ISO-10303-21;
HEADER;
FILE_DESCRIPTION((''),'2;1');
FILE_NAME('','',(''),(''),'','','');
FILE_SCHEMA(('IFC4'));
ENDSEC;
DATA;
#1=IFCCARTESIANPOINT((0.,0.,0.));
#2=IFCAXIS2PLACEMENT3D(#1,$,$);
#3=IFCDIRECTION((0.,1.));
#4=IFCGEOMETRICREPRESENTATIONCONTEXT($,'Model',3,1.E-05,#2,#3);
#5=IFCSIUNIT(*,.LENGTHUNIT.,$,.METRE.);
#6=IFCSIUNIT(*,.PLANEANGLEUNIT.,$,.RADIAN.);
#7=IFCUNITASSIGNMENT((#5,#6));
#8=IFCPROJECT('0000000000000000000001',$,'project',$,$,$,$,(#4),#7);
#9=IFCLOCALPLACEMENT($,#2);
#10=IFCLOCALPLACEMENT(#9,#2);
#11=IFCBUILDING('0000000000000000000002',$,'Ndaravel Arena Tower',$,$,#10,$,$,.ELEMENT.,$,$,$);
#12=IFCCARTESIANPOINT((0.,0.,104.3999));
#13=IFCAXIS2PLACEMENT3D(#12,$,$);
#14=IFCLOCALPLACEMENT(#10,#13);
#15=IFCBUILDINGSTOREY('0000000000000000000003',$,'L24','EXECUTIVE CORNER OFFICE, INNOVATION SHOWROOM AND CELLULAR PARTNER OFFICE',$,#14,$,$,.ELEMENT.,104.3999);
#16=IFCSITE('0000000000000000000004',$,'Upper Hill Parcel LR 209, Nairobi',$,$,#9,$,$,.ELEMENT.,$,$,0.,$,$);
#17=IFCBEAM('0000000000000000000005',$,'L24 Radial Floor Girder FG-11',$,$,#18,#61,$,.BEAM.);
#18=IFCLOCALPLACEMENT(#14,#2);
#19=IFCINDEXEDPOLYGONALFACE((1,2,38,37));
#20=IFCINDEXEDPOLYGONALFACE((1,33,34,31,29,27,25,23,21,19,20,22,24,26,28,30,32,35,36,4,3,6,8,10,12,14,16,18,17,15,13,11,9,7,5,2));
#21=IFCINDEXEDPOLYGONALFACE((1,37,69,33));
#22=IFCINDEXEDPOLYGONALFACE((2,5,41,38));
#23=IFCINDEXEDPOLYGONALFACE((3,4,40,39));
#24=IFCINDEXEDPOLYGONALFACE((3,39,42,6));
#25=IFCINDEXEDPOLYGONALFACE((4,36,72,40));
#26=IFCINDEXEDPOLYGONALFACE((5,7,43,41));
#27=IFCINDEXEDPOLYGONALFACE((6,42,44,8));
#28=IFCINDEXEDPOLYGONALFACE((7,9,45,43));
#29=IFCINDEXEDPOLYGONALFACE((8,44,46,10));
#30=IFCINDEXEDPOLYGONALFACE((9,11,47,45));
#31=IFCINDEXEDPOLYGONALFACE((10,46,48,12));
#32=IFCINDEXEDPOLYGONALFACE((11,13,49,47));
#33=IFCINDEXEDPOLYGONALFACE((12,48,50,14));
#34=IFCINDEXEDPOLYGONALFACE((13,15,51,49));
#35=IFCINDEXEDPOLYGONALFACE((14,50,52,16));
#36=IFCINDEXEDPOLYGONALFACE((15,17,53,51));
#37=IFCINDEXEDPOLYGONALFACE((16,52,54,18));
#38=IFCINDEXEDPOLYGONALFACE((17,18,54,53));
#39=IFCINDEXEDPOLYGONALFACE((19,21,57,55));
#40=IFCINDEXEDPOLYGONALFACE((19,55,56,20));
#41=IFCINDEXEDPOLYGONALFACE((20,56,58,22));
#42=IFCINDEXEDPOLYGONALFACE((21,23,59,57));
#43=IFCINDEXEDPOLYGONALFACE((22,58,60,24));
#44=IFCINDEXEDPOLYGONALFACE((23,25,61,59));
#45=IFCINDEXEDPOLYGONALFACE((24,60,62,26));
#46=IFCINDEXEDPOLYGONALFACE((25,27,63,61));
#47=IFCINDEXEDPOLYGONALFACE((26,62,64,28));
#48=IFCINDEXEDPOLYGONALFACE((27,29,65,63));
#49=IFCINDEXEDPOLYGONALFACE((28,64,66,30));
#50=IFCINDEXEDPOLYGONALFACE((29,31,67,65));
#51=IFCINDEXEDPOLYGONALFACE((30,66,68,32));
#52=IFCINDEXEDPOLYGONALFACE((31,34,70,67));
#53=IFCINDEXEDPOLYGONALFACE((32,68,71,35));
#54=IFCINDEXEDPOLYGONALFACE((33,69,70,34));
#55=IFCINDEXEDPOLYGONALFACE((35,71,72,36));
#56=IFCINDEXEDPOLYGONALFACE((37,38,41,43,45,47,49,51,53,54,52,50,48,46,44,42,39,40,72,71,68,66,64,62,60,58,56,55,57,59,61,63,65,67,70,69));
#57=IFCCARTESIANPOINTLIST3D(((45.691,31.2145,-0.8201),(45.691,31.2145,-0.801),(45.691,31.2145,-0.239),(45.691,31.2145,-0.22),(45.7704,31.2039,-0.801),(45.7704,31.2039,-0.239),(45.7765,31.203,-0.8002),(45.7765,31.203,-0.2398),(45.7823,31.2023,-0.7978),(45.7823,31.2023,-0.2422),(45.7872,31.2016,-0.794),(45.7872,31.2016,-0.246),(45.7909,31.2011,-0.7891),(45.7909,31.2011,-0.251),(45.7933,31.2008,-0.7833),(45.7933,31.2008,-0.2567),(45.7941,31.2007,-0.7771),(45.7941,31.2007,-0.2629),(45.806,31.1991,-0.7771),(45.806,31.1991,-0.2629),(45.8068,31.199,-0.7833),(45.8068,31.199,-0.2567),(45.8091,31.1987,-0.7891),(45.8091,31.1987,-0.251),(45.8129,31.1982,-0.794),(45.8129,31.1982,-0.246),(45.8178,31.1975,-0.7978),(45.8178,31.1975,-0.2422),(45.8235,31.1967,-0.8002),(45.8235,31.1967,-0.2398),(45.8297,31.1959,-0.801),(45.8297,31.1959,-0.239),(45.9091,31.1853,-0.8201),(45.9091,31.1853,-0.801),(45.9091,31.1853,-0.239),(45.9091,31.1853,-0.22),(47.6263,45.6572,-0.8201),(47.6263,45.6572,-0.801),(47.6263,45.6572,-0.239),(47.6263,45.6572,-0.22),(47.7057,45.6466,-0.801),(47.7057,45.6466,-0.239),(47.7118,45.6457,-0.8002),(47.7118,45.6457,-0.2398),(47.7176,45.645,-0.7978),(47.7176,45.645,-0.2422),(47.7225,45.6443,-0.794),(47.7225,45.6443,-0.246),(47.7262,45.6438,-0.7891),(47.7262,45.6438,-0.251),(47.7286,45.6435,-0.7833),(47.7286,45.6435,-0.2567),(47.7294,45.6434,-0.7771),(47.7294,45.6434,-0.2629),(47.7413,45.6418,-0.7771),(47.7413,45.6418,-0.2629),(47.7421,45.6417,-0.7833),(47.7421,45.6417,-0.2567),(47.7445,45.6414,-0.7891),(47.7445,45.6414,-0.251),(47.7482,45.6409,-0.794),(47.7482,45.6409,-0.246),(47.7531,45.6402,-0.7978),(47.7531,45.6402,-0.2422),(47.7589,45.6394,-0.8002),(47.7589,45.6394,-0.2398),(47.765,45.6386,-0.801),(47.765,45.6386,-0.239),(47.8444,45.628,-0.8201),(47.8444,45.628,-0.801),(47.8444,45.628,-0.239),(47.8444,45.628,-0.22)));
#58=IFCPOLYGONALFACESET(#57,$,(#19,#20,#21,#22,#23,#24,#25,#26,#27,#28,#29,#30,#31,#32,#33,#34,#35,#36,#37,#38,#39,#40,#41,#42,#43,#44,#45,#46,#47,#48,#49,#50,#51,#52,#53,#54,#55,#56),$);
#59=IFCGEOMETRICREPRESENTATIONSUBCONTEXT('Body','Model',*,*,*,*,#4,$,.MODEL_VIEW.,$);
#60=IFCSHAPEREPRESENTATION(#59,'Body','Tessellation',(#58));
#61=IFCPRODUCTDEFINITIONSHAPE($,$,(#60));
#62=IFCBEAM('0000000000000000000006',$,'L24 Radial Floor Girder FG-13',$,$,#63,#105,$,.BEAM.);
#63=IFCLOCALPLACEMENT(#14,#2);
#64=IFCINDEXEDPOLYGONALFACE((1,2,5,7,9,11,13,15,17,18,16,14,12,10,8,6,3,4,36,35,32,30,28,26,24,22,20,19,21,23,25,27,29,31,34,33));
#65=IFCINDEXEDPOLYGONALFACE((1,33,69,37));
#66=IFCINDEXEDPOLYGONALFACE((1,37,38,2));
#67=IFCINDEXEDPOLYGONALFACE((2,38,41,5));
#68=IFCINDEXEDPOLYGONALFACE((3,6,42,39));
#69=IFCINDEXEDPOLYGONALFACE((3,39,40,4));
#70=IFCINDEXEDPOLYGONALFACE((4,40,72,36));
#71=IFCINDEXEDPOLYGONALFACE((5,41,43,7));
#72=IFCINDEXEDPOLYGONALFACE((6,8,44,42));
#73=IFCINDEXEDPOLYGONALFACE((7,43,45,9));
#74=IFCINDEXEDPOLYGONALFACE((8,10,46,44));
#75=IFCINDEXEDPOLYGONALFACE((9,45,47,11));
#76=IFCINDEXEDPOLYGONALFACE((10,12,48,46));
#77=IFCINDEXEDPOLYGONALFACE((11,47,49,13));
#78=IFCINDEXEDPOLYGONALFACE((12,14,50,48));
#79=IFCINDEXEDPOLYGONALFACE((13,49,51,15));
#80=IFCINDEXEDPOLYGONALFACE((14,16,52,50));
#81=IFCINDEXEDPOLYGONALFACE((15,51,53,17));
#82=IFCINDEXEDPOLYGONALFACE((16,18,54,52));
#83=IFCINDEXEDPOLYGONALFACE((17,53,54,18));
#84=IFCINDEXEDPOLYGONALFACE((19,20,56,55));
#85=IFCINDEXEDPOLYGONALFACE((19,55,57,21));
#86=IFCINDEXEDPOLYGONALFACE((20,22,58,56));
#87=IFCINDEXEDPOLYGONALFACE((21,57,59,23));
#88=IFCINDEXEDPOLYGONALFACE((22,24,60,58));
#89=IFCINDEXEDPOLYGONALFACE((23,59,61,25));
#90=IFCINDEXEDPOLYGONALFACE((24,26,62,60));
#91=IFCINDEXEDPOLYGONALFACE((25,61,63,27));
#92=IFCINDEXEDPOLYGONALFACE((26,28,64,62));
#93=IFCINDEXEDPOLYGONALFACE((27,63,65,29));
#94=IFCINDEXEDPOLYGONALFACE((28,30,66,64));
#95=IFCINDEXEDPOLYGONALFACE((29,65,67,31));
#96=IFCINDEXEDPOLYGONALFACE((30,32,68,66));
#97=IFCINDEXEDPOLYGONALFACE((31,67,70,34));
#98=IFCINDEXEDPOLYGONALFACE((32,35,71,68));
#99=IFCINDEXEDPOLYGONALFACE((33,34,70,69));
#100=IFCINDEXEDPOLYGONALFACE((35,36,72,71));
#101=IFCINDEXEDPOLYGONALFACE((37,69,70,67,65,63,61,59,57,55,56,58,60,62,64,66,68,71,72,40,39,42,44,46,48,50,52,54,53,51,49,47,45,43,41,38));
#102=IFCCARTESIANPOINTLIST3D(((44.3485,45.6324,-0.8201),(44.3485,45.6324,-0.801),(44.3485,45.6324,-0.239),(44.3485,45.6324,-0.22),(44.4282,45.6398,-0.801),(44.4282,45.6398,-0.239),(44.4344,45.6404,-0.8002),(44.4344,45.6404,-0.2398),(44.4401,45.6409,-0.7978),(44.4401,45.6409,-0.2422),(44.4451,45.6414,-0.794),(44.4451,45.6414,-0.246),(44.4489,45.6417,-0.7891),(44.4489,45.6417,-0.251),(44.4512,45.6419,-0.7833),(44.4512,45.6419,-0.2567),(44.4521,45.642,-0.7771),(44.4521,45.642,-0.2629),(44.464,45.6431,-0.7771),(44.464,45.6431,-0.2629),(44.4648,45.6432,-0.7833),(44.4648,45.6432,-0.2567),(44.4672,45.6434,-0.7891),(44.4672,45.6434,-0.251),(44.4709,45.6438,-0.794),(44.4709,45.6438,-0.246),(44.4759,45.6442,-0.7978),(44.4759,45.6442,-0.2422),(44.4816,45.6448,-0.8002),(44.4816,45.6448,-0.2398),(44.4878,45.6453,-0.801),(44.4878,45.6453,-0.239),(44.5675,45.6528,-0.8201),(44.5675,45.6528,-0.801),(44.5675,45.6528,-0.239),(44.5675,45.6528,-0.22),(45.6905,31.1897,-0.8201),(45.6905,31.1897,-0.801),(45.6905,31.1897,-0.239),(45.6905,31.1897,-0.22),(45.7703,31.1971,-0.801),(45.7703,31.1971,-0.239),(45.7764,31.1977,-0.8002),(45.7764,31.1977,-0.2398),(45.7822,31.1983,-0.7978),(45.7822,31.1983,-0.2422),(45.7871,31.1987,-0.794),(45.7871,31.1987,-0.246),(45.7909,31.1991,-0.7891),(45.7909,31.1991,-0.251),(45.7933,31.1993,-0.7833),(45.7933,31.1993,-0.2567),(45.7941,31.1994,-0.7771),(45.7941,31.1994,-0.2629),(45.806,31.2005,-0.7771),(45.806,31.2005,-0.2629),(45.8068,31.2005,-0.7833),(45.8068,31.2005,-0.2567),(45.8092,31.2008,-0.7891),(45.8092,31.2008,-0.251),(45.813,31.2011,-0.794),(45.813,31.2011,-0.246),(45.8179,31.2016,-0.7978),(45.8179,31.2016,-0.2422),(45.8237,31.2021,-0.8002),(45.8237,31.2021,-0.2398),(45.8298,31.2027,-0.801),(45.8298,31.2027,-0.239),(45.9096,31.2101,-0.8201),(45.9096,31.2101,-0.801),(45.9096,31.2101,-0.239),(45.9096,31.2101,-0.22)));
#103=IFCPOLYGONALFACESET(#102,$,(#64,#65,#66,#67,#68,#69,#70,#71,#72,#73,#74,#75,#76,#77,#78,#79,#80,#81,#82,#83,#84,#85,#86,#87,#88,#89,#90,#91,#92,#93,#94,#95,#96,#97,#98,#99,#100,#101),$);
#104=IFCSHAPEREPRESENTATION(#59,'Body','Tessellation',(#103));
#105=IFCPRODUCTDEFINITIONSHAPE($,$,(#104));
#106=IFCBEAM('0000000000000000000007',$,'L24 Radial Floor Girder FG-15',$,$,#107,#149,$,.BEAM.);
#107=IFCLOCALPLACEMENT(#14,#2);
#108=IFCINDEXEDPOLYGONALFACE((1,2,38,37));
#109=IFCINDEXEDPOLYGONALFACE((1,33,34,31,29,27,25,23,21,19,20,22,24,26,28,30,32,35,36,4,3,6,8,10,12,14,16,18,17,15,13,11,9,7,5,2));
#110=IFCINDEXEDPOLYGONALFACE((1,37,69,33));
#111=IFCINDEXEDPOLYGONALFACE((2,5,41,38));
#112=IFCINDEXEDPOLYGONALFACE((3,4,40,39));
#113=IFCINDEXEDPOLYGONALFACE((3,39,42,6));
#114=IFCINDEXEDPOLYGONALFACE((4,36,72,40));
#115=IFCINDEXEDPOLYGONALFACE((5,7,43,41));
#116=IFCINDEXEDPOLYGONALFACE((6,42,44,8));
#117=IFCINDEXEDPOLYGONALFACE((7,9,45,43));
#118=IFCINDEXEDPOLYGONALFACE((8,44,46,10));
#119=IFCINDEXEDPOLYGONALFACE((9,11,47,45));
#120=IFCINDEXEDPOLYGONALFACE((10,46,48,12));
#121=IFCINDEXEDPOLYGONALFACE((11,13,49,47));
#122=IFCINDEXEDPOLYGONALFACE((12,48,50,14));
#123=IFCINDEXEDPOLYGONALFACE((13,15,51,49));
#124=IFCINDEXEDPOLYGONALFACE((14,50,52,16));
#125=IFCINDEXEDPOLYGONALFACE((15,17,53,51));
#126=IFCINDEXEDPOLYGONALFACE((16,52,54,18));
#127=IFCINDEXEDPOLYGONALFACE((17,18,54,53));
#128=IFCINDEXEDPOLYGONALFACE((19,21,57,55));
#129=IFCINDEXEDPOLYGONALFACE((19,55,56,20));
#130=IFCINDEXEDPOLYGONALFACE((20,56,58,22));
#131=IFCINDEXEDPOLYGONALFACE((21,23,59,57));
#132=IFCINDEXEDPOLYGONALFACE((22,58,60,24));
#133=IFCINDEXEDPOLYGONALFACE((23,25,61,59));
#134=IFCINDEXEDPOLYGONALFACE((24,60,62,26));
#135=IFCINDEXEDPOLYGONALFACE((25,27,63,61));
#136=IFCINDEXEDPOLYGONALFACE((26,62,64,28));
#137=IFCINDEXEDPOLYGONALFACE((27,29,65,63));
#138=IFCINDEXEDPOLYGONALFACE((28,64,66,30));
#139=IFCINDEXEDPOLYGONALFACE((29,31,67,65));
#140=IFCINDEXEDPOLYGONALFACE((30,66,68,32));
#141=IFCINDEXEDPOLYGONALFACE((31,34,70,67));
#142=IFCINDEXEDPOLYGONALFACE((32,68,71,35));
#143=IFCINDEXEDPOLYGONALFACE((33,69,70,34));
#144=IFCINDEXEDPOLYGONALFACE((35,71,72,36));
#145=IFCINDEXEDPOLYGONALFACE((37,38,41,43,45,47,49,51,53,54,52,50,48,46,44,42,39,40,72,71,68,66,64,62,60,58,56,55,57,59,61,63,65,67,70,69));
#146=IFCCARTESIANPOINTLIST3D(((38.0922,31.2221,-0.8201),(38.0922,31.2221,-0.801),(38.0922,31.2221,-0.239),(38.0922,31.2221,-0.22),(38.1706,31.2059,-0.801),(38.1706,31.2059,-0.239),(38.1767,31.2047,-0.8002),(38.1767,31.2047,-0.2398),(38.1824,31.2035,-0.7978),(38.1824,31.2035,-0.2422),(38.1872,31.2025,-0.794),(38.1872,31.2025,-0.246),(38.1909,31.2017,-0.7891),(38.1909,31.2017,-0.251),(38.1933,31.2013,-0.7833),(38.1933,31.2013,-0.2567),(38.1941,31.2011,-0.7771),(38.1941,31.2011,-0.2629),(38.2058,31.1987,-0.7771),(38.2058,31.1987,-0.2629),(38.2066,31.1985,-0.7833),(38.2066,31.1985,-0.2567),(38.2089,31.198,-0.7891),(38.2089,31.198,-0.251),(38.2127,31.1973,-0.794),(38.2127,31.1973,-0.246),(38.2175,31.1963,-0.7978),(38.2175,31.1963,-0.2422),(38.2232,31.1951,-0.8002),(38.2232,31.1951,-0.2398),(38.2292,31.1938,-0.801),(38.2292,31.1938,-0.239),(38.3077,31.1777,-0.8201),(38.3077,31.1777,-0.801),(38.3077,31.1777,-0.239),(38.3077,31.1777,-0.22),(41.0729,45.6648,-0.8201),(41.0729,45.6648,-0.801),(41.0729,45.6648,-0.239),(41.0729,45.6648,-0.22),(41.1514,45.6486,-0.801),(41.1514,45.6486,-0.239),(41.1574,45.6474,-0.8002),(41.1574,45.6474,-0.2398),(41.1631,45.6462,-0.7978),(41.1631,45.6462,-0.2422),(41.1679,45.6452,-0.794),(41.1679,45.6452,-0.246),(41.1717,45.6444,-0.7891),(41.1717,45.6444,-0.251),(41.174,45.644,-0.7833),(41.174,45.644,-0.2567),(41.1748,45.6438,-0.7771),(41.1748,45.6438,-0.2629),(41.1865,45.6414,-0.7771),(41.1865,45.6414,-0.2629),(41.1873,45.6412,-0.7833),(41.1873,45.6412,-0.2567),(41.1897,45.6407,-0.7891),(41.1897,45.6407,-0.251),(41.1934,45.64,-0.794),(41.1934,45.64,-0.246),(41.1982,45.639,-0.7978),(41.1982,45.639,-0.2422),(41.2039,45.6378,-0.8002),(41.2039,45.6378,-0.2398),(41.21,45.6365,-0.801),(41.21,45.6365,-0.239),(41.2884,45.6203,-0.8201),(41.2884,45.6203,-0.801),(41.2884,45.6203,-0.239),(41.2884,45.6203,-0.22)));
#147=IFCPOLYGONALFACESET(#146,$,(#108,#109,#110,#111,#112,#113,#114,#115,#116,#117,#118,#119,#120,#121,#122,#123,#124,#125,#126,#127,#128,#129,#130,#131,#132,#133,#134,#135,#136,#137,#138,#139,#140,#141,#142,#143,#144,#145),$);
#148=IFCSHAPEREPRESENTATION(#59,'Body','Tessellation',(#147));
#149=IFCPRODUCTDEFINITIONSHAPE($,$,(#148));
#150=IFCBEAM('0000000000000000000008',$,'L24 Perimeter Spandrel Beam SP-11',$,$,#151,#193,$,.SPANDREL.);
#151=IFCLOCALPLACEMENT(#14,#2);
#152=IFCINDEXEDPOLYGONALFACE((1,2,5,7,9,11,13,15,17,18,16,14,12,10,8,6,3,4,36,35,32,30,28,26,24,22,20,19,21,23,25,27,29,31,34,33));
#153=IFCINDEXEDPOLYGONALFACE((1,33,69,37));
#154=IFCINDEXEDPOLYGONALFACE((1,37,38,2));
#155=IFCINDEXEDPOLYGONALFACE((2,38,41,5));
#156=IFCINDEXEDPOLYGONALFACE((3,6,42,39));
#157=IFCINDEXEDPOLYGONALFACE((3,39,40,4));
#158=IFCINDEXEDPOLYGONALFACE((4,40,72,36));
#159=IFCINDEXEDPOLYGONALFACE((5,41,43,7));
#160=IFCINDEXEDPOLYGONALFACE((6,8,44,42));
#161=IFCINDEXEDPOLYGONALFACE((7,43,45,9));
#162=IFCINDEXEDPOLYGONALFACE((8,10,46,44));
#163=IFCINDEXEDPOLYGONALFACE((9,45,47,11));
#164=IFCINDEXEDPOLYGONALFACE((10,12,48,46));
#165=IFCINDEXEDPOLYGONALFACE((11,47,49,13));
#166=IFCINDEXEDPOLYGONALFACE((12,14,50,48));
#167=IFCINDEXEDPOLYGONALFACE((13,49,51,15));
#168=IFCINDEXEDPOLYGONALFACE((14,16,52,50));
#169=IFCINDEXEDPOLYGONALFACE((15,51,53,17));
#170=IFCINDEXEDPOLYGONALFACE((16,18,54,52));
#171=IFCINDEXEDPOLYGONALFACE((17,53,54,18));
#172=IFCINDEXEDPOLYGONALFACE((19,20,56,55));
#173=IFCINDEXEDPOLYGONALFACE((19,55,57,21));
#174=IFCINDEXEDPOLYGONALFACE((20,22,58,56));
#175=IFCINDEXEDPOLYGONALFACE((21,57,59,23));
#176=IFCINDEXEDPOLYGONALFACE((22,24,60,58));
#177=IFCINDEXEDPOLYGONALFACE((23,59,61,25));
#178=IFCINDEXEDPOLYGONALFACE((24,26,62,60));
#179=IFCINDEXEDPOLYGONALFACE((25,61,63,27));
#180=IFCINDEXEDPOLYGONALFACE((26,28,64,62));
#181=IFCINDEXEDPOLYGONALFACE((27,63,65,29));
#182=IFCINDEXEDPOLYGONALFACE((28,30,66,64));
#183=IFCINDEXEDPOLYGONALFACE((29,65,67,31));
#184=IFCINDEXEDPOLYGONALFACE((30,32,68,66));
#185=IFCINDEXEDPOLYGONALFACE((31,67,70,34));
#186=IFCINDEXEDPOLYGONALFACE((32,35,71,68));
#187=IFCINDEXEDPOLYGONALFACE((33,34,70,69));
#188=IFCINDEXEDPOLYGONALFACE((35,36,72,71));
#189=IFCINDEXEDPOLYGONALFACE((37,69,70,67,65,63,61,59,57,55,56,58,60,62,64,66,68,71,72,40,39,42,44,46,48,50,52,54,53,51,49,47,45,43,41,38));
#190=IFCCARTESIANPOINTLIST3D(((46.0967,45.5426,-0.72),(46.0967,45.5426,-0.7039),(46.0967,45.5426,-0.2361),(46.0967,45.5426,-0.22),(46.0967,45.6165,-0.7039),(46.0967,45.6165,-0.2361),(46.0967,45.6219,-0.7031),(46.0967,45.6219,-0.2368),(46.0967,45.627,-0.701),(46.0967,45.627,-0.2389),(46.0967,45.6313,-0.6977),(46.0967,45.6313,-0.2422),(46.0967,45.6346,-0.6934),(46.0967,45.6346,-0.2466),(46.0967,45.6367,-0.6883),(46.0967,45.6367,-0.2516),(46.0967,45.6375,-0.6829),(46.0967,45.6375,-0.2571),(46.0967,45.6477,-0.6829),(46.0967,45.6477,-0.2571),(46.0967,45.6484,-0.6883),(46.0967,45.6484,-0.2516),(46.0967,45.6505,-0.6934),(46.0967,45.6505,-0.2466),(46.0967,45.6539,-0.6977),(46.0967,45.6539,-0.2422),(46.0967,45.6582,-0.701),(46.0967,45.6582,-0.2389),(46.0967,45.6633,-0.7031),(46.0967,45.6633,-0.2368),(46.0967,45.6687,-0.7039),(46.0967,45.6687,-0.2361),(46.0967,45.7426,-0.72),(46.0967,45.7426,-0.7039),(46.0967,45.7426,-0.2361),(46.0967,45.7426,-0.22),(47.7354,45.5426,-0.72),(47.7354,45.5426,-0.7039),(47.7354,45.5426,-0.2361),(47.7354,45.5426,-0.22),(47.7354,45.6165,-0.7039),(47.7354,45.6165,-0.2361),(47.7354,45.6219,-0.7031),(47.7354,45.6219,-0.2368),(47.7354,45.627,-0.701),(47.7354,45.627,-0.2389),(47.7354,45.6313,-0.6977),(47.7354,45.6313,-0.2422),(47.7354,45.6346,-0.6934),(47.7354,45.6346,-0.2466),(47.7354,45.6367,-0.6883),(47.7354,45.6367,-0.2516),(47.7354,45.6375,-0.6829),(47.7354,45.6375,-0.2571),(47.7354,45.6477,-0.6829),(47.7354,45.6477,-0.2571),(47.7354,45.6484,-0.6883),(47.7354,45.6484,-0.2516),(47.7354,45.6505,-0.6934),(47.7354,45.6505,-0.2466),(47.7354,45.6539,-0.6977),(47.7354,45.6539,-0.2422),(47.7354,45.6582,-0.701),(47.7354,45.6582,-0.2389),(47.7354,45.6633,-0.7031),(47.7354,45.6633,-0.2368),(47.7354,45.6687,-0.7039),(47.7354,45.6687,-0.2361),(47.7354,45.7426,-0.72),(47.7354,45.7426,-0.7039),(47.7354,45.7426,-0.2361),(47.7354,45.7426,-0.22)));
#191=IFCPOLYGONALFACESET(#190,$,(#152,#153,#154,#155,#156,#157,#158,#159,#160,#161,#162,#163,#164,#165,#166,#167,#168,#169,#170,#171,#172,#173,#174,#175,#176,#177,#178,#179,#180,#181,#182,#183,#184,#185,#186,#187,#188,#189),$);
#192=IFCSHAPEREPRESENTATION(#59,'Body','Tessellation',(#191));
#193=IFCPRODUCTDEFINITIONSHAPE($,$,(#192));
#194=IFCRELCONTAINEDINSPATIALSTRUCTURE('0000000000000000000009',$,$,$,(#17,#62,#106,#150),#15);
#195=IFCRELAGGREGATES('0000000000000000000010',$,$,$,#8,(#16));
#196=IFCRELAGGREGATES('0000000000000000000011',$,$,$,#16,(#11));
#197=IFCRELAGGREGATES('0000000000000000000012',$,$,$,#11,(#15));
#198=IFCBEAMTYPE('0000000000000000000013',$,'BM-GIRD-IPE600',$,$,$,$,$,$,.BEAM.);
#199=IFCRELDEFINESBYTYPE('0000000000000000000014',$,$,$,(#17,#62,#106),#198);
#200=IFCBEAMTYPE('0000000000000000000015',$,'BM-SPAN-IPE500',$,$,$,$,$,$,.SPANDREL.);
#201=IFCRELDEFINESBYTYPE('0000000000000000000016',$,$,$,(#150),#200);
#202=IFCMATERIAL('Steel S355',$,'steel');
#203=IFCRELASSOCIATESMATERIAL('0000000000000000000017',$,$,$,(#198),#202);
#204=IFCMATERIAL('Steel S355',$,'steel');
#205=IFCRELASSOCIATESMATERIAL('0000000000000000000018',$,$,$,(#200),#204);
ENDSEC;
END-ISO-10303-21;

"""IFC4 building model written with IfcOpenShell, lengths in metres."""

from ifc_helpers import new_model, si_unit, direction, frame, origin, origin_2d, place, context, subcontext, project, spatial, i_section, extrude, material, material_profile, profile_set, type_object, element, save


model = new_model("IFC4")

# Units and contexts
model_context = context("Model", 3, precision=1e-05, world=origin(), true_north=direction((0.0, 1.0)))
body_context = subcontext(model_context, "Body", "Model", "MODEL_VIEW")
ifc_project = project(units=[si_unit("LENGTHUNIT", "METRE"), si_unit("PLANEANGLEUNIT", "RADIAN")], contexts=[model_context])

# Site, building, storey
site_placement = place(None, origin())
site = spatial("IfcSite", under=ifc_project, at=site_placement, Name="Upper Hill Parcel LR 209, Nairobi", CompositionType="ELEMENT", RefElevation=0.0)
building_placement = place(site_placement, origin())
building = spatial("IfcBuilding", under=site, at=building_placement, Name="Ndaravel Arena Tower", CompositionType="ELEMENT")
storey_placement = place(building_placement, frame((0.0, 0.0, 104.3999)))
storey = spatial("IfcBuildingStorey", under=building, at=storey_placement, Name="L24", Description="EXECUTIVE CORNER OFFICE, INNOVATION SHOWROOM AND CELLULAR PARTNER OFFICE", CompositionType="ELEMENT", Elevation=104.3999)

# Beams
ifc_material_1 = material(Name="Steel S355", Category="steel")
ifc_material_profile_1 = material_profile(ifc_material_1, i_section(OverallWidth=0.22, OverallDepth=0.6001, WebThickness=0.012, FlangeThickness=0.019, FilletRadius=0.0239, at=origin_2d()), Name="IPE 600")
ifc_profile_set_1 = profile_set([ifc_material_profile_1], Name="Steel S355")
beam_type_1 = type_object("IfcBeamType", Name="BM-GIRD-IPE600", PredefinedType="BEAM", material=ifc_profile_set_1)
beam_1_placement = place(storey_placement, frame((47.7354, 45.6426, -0.52), z_axis=(-0.132812, -0.991141, 0.0), x_axis=(0.991141, -0.132812, 0.0)))
element("IfcBeam", 1, at=beam_1_placement, inside=storey, type_object=beam_type_1, Name="L24 Radial Floor Girder FG-11", PredefinedType="BEAM", context=body_context, shape_type="SweptSolid", body=[
    extrude(i_section(OverallWidth=0.22, OverallDepth=0.6001, WebThickness=0.012, FlangeThickness=0.019, FilletRadius=0.0239, at=origin_2d()), origin(), (0.0, 0.0, 1.0), 14.5718),
])
beam_2_placement = place(storey_placement, frame((44.458, 45.6426, -0.52), z_axis=(0.092524, -0.99571, 0.0), x_axis=(0.99571, 0.092524, 0.0)))
element("IfcBeam", 2, at=beam_2_placement, inside=storey, type_object=beam_type_1, Name="L24 Radial Floor Girder FG-13", PredefinedType="BEAM", context=body_context, shape_type="SweptSolid", body=[
    extrude(i_section(OverallWidth=0.22, OverallDepth=0.6001, WebThickness=0.012, FlangeThickness=0.019, FilletRadius=0.0239, at=origin_2d()), origin(), (0.0, 0.0, 1.0), 14.5049),
])
beam_3_placement = place(storey_placement, frame((41.1807, 45.6426, -0.52), z_axis=(-0.202123, -0.97936, 0.0), x_axis=(0.97936, -0.202123, 0.0)))
element("IfcBeam", 3, at=beam_3_placement, inside=storey, type_object=beam_type_1, Name="L24 Radial Floor Girder FG-15", PredefinedType="BEAM", context=body_context, shape_type="SweptSolid", body=[
    extrude(i_section(OverallWidth=0.22, OverallDepth=0.6001, WebThickness=0.012, FlangeThickness=0.019, FilletRadius=0.0239, at=origin_2d()), origin(), (0.0, 0.0, 1.0), 14.7471),
])
ifc_material_2 = material(Name="Steel S355", Category="steel")
ifc_material_profile_2 = material_profile(ifc_material_2, i_section(OverallWidth=0.2, OverallDepth=0.5, WebThickness=0.0103, FlangeThickness=0.0161, FilletRadius=0.021, at=origin_2d()), Name="IPE 500")
ifc_profile_set_2 = profile_set([ifc_material_profile_2], Name="Steel S355")
beam_type_2 = type_object("IfcBeamType", Name="BM-SPAN-IPE500", PredefinedType="SPANDREL", material=ifc_profile_set_2)
for number, where, z_axis, x_axis, name in (
    (4, (47.7354, 45.6426, -0.47), (-1.0, 0.0, 0.0), (0.0, -1.0, 0.0), "L24 Perimeter Spandrel Beam SP-11"),
):
    element("IfcBeam", number, at=place(storey_placement, frame(where, z_axis=z_axis, x_axis=x_axis)), inside=storey, type_object=beam_type_2, Name=name, PredefinedType="SPANDREL", context=body_context, shape_type="SweptSolid", body=[
        extrude(i_section(OverallWidth=0.2, OverallDepth=0.5, WebThickness=0.0103, FlangeThickness=0.0161, FilletRadius=0.021, at=origin_2d()), origin(), (0.0, 0.0, 1.0), 1.6387),
    ])

save(model, "model.ifc")
